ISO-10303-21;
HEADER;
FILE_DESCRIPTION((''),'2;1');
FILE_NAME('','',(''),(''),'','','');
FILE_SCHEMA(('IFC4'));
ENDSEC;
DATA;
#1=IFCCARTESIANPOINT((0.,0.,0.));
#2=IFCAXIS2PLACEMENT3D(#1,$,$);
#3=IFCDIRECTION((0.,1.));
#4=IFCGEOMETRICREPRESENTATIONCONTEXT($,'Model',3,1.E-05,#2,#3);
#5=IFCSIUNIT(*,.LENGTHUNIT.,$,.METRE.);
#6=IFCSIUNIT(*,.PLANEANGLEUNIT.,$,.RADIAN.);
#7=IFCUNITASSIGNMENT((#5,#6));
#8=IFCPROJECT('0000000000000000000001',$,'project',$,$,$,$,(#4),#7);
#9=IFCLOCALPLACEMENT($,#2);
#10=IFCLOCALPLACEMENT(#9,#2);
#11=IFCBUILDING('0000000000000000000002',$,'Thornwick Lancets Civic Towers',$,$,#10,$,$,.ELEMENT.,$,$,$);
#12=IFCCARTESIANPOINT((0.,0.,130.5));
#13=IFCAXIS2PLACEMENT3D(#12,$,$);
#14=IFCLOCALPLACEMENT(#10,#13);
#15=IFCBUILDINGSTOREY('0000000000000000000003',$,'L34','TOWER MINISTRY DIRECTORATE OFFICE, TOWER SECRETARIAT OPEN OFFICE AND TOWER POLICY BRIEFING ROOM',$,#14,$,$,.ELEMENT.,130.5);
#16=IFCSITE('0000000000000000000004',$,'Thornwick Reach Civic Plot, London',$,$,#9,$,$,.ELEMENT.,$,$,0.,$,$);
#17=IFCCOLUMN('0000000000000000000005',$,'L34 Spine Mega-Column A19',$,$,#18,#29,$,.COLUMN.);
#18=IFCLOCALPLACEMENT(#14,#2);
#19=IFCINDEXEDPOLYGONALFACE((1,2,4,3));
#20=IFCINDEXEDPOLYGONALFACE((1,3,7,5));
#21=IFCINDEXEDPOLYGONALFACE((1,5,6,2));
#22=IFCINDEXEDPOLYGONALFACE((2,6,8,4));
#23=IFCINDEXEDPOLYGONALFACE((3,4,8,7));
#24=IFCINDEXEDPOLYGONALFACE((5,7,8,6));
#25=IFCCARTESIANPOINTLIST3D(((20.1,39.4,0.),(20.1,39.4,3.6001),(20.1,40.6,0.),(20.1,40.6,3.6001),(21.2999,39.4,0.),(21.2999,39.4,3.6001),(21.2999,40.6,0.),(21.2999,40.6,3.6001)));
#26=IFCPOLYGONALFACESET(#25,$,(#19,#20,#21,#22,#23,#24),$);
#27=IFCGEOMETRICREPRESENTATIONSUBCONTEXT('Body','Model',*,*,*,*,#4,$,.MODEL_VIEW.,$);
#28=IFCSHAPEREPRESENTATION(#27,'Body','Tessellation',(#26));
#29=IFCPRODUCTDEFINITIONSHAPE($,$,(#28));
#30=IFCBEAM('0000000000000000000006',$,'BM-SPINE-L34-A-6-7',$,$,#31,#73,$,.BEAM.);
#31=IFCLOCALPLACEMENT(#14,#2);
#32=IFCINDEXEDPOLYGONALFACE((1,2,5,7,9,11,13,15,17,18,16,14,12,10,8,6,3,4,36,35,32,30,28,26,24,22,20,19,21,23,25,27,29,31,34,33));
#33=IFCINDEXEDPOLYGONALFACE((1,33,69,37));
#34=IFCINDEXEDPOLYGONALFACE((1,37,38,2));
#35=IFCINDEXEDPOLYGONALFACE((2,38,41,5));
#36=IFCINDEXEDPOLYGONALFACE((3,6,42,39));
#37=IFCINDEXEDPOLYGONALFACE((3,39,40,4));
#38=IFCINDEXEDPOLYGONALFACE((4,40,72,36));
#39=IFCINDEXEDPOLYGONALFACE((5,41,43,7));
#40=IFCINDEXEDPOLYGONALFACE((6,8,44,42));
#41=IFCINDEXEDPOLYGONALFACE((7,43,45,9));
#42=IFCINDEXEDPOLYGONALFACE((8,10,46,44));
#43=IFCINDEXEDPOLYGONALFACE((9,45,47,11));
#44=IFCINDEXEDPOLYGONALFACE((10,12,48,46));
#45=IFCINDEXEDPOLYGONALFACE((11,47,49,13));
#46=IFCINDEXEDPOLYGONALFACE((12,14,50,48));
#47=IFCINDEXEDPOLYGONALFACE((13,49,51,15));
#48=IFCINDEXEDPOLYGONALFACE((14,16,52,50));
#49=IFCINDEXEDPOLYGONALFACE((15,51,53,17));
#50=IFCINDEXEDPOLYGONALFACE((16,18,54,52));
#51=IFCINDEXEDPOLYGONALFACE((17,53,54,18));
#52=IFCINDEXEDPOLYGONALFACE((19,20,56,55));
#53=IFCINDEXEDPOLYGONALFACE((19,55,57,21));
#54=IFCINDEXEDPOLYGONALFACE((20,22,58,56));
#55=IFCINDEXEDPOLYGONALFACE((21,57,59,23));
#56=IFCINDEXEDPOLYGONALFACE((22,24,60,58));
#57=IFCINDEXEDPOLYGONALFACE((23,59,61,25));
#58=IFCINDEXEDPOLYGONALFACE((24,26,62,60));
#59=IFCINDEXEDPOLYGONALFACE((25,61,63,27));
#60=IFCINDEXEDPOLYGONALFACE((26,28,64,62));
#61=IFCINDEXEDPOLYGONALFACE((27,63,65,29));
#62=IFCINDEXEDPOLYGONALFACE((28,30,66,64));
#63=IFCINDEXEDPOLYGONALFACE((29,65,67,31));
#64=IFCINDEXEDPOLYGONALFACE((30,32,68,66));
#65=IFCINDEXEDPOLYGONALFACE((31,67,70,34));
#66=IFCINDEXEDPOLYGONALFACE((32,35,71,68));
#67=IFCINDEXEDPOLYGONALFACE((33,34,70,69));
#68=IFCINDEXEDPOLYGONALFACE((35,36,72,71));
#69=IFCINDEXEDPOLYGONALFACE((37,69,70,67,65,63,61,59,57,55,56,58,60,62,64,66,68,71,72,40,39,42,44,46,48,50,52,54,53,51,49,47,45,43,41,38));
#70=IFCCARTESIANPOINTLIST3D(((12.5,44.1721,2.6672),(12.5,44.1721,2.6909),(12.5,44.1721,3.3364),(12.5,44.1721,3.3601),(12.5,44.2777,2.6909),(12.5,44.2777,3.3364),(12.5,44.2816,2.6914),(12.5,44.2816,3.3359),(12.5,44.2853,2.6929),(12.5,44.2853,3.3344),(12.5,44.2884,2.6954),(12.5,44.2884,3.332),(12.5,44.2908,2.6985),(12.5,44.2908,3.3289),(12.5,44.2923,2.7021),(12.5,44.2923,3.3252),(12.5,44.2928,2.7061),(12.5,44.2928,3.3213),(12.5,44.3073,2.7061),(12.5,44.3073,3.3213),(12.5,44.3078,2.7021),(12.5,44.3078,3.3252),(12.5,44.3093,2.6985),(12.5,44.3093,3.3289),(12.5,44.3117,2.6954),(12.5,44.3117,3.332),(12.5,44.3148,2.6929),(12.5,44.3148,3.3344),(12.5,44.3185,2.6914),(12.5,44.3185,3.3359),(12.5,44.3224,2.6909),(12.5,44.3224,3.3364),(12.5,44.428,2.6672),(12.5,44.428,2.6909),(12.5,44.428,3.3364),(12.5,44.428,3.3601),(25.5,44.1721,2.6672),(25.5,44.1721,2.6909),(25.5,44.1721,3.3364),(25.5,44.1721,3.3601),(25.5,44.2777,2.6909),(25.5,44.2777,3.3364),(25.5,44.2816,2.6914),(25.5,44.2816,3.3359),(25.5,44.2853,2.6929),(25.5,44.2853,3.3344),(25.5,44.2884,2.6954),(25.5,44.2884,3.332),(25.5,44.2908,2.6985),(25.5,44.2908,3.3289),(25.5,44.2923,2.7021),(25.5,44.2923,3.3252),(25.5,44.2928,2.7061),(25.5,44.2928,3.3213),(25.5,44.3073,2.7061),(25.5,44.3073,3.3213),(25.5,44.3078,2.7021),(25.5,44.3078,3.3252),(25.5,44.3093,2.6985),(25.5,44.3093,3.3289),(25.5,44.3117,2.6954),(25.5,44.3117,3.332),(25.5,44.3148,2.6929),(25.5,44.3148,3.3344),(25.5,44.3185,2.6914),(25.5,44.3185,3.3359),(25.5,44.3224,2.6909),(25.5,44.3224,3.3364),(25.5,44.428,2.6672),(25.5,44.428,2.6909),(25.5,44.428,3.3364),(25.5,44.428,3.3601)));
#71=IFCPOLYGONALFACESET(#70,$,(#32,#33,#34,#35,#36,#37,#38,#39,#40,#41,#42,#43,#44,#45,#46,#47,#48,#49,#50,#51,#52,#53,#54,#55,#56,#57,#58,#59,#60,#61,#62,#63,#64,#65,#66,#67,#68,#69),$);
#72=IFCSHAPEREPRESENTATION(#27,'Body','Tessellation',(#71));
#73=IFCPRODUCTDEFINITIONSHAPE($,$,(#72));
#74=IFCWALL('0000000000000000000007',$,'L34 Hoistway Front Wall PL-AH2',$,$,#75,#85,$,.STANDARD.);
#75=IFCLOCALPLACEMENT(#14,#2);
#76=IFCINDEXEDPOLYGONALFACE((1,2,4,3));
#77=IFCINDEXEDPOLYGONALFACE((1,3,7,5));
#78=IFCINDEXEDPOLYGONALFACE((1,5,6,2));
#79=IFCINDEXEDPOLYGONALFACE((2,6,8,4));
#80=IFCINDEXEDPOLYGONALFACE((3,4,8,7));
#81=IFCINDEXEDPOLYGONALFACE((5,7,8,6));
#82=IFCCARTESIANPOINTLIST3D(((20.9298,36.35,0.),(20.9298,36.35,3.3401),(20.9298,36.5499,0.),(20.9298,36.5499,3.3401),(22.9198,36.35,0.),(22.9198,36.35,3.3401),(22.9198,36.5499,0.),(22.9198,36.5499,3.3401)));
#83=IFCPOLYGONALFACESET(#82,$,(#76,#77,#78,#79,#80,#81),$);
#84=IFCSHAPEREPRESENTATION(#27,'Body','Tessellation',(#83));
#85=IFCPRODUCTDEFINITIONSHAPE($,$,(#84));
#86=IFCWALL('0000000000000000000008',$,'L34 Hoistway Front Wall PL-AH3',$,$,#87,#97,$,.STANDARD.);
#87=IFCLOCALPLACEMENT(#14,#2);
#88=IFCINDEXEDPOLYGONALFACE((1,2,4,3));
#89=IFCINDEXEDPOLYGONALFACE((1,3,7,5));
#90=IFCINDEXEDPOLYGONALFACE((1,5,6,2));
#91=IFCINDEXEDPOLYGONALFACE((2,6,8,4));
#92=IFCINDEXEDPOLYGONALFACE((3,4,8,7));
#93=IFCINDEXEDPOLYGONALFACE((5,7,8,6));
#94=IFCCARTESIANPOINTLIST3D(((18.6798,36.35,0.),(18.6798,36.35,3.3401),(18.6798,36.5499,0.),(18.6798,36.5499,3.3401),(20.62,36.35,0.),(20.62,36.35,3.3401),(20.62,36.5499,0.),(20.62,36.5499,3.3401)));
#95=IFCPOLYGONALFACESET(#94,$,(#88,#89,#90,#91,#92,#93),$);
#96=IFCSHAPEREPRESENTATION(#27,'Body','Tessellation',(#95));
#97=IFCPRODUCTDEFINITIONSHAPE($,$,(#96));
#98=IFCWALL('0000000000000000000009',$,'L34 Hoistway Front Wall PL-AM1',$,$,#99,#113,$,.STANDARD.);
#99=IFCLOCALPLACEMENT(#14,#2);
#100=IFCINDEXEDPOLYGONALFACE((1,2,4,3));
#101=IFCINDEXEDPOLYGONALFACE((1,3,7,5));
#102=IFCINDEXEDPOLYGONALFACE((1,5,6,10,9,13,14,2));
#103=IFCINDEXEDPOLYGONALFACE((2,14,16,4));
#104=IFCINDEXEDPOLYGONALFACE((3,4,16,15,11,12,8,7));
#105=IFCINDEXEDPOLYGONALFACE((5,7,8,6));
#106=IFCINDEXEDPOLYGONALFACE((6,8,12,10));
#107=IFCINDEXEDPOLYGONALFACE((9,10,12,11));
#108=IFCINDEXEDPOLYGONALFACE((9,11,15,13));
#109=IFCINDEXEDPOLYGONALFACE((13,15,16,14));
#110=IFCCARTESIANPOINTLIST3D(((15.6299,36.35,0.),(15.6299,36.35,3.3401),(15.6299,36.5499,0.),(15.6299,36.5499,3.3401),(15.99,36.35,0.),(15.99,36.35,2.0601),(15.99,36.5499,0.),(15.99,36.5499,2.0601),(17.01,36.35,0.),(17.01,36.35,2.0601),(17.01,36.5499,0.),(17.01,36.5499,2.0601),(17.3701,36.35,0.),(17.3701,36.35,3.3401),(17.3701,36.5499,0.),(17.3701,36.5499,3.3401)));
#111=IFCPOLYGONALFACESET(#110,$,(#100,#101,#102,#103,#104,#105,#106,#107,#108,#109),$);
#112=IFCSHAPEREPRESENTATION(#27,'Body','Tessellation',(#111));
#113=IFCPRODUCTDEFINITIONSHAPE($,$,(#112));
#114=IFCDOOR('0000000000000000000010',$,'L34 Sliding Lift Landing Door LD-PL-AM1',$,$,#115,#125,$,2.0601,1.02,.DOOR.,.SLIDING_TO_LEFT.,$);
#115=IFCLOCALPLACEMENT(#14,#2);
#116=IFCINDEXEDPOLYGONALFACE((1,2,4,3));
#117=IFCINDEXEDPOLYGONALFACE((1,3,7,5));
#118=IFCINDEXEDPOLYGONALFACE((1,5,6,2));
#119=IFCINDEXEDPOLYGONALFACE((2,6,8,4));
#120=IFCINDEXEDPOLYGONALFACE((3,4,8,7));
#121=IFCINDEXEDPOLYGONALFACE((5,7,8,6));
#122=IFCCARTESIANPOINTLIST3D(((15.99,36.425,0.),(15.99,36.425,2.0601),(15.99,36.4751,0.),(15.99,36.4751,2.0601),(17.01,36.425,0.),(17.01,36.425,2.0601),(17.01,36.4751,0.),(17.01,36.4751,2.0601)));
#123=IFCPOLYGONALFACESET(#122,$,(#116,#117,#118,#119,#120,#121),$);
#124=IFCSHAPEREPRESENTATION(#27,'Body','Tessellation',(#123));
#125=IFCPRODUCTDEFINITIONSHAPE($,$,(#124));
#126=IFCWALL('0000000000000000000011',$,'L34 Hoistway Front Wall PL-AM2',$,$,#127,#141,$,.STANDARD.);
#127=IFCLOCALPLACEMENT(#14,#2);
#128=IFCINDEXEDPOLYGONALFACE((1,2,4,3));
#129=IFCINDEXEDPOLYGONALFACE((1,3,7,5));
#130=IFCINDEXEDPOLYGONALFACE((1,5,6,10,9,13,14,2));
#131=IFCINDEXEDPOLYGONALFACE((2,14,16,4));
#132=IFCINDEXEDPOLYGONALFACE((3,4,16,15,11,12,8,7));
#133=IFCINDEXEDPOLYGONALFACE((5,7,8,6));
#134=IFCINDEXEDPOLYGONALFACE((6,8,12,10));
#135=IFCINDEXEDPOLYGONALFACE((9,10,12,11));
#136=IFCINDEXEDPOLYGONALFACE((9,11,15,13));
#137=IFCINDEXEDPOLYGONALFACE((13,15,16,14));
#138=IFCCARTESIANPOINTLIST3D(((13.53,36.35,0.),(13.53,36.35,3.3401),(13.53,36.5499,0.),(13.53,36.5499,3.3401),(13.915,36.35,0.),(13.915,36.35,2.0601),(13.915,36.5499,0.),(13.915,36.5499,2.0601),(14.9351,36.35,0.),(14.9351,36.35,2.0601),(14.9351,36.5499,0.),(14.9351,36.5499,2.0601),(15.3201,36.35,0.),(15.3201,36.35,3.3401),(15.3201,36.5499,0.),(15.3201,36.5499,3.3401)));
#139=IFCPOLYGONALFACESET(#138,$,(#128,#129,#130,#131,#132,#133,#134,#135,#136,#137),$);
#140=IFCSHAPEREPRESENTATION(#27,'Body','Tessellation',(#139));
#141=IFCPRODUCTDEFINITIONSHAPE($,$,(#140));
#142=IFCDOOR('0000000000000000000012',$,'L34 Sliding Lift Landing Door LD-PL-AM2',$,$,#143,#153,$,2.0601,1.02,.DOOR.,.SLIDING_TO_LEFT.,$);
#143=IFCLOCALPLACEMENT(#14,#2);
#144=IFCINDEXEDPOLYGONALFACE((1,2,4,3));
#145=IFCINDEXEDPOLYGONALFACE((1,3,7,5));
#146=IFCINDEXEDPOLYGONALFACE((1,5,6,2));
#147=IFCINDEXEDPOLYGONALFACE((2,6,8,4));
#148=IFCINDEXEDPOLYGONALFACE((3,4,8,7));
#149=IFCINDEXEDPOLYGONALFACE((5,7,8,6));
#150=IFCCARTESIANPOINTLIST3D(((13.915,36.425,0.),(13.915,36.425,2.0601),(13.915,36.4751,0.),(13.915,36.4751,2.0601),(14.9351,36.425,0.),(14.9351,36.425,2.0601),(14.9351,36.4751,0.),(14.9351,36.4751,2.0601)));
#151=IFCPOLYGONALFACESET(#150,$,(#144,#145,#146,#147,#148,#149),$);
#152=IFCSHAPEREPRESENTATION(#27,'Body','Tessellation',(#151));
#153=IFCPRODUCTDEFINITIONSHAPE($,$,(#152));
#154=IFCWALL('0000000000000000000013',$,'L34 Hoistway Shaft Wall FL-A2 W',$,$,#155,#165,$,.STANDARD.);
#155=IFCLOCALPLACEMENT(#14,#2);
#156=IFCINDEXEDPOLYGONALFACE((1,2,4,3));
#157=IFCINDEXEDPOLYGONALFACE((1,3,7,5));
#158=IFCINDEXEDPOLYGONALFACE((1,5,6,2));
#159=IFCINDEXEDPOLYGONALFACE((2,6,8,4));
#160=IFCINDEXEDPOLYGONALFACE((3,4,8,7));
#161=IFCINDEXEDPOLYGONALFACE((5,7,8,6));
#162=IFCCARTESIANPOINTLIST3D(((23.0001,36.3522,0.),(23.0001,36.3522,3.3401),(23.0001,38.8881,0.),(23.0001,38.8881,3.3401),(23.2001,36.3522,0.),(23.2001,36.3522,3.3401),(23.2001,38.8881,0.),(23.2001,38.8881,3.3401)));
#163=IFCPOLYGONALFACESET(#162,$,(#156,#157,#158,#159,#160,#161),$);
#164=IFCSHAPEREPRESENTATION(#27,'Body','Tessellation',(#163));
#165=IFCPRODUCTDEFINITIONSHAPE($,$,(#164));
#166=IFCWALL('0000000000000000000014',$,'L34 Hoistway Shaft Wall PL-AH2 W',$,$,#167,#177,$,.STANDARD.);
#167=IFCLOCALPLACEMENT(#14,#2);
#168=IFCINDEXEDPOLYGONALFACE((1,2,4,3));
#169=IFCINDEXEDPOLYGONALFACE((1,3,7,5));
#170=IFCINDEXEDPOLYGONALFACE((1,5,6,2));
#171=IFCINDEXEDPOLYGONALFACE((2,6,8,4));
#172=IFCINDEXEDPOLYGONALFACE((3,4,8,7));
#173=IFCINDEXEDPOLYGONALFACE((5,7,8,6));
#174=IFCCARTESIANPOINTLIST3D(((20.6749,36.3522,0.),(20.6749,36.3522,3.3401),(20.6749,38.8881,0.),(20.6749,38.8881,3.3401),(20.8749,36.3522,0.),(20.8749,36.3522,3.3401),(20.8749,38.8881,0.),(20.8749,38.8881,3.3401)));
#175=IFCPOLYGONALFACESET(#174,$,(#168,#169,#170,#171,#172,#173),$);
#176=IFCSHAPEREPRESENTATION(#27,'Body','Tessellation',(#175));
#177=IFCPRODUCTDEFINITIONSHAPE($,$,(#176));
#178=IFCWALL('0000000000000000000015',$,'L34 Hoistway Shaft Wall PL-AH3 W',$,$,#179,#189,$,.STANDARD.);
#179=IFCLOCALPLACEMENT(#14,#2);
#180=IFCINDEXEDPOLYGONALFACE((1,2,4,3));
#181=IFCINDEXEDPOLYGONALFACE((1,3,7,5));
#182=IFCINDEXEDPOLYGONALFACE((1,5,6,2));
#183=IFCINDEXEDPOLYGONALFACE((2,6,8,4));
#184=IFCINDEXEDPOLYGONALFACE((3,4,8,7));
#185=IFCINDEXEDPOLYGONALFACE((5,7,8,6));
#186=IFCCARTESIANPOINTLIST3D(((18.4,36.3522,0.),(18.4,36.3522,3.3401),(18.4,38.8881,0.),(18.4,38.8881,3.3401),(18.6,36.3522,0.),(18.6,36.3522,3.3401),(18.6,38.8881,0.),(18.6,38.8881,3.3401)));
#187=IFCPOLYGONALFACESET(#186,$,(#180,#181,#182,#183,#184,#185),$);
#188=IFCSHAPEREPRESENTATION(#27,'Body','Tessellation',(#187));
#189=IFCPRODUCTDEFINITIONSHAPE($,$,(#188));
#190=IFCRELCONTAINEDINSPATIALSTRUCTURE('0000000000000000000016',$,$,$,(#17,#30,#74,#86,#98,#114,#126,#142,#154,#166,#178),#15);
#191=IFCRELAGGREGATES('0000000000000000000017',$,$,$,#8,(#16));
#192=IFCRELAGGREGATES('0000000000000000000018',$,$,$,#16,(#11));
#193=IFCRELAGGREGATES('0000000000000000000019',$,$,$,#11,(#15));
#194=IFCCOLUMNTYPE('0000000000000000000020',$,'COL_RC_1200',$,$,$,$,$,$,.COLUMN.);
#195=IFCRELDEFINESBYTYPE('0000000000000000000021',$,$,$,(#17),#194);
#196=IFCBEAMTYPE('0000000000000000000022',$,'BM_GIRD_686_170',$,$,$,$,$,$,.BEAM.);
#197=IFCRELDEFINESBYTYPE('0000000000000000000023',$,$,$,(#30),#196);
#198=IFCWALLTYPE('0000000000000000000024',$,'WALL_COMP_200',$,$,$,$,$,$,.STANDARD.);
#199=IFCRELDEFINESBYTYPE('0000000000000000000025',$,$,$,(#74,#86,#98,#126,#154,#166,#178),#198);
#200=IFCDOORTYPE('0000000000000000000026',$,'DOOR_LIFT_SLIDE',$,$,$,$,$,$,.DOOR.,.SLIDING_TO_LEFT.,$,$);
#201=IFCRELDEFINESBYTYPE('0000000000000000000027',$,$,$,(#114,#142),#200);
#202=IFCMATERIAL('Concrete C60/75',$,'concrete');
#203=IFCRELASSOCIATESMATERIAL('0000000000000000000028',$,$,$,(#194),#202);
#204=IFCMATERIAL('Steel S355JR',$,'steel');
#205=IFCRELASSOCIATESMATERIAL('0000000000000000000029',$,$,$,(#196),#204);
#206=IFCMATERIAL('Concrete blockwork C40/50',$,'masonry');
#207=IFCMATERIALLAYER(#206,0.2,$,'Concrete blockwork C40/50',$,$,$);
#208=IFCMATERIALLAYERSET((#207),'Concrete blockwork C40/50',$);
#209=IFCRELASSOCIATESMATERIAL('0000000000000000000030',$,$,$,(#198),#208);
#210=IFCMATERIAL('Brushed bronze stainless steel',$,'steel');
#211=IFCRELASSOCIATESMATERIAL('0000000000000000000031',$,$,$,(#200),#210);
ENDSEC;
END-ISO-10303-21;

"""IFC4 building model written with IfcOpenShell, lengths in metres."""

from ifc_helpers import new_model, si_unit, direction, frame, frame_2d, origin, origin_2d, place, context, subcontext, project, spatial, rectangle, i_section, extrude, material, layer, layer_set, material_profile, profile_set, type_object, element, fill, save


model = new_model("IFC4")

# Units and contexts
model_context = context("Model", 3, precision=1e-05, world=origin(), true_north=direction((0.0, 1.0)))
body_context = subcontext(model_context, "Body", "Model", "MODEL_VIEW")
ifc_project = project(units=[si_unit("LENGTHUNIT", "METRE"), si_unit("PLANEANGLEUNIT", "RADIAN")], contexts=[model_context])

# Site, building, storey
site_placement = place(None, origin())
site = spatial("IfcSite", under=ifc_project, at=site_placement, Name="Thornwick Reach Civic Plot, London", CompositionType="ELEMENT", RefElevation=0.0)
building_placement = place(site_placement, origin())
building = spatial("IfcBuilding", under=site, at=building_placement, Name="Thornwick Lancets Civic Towers", CompositionType="ELEMENT")
storey_placement = place(building_placement, frame((0.0, 0.0, 130.5)))
storey = spatial("IfcBuildingStorey", under=building, at=storey_placement, Name="L34", Description="TOWER MINISTRY DIRECTORATE OFFICE, TOWER SECRETARIAT OPEN OFFICE AND TOWER POLICY BRIEFING ROOM", CompositionType="ELEMENT", Elevation=130.5)

# Column
ifc_material_1 = material(Name="Concrete C60/75", Category="concrete")
ifc_material_profile_1 = material_profile(ifc_material_1, rectangle(XDim=1.2, YDim=1.2, at=origin_2d()), Name="RC 1200x1200")
ifc_profile_set_1 = profile_set([ifc_material_profile_1], Name="Concrete C60/75")
column_type = type_object("IfcColumnType", Name="COL_RC_1200", PredefinedType="COLUMN", material=ifc_profile_set_1)
column_placement = place(storey_placement, frame((20.7, 40.0, 0.0), z_axis=(0.0, 0.0, 1.0), x_axis=(1.0, 0.0, 0.0)))
element("IfcColumn", 1, at=column_placement, inside=storey, type_object=column_type, Name="L34 Spine Mega-Column A19", PredefinedType="COLUMN", context=body_context, shape_type="SweptSolid", body=[
    extrude(rectangle(XDim=1.2, YDim=1.2, at=origin_2d()), origin(), (0.0, 0.0, 1.0), 3.6001),
])

# Beam
ifc_material_2 = material(Name="Steel S355JR", Category="steel")
ifc_material_profile_2 = material_profile(ifc_material_2, i_section(OverallWidth=0.2559, OverallDepth=0.6929, WebThickness=0.0144, FlangeThickness=0.0237, FilletRadius=0.0151, at=origin_2d()), Name="UKB 686x254x170")
ifc_profile_set_2 = profile_set([ifc_material_profile_2], Name="Steel S355JR")
beam_type = type_object("IfcBeamType", Name="BM_GIRD_686_170", PredefinedType="BEAM", material=ifc_profile_set_2)
beam_placement = place(storey_placement, frame((12.5, 44.3, 3.0137), z_axis=(1.0, 0.0, 0.0), x_axis=(0.0, 1.0, 0.0)))
element("IfcBeam", 2, at=beam_placement, inside=storey, type_object=beam_type, Name="BM-SPINE-L34-A-6-7", PredefinedType="BEAM", context=body_context, shape_type="SweptSolid", body=[
    extrude(i_section(OverallWidth=0.2559, OverallDepth=0.6929, WebThickness=0.0144, FlangeThickness=0.0237, FilletRadius=0.0151, at=origin_2d()), origin(), (0.0, 0.0, 1.0), 13.0),
])

# Walls
ifc_material_3 = material(Name="Concrete blockwork C40/50", Category="masonry")
ifc_layer_1 = layer(ifc_material_3, 0.2, Name="Concrete blockwork C40/50")
ifc_layer_set_1 = layer_set([ifc_layer_1], Name="Concrete blockwork C40/50")
wall_type_1 = type_object("IfcWallType", Name="WALL_COMP_200", PredefinedType="STANDARD", material=ifc_layer_set_1)
wall_1_placement = place(storey_placement, frame((22.9199, 36.45, 0.0), z_axis=(0.0, 0.0, 1.0), x_axis=(-1.0, 0.0, 0.0)))
element("IfcWall", 3, at=wall_1_placement, inside=storey, type_object=wall_type_1, Name="L34 Hoistway Front Wall PL-AH2", PredefinedType="STANDARD", context=body_context, shape_type="SweptSolid", body=[
    extrude(rectangle(XDim=1.99, YDim=0.2, at=frame_2d((0.9951, 0.0))), origin(), (0.0, 0.0, 1.0), 3.3401),
])
wall_2_placement = place(storey_placement, frame((20.6201, 36.45, 0.0), z_axis=(0.0, 0.0, 1.0), x_axis=(-1.0, 0.0, 0.0)))
element("IfcWall", 4, at=wall_2_placement, inside=storey, type_object=wall_type_1, Name="L34 Hoistway Front Wall PL-AH3", PredefinedType="STANDARD", context=body_context, shape_type="SweptSolid", body=[
    extrude(rectangle(XDim=1.9402, YDim=0.2, at=frame_2d((0.9702, 0.0))), origin(), (0.0, 0.0, 1.0), 3.3401),
])

# Walls, openings, doors
wall_3_placement = place(storey_placement, frame((17.3701, 36.45, 0.0), z_axis=(0.0, 0.0, 1.0), x_axis=(-1.0, 0.0, 0.0)))
wall_3 = element("IfcWall", 5, at=wall_3_placement, inside=storey, type_object=wall_type_1, Name="L34 Hoistway Front Wall PL-AM1", PredefinedType="STANDARD", context=body_context, shape_type="SweptSolid", body=[
    extrude(rectangle(XDim=1.7402, YDim=0.2, at=frame_2d((0.8701, 0.0))), origin(), (0.0, 0.0, 1.0), 3.3401),
])
opening_1_placement = place(wall_3_placement, frame((0.3601, 0.0, 0.0)))
opening_1 = element("IfcOpeningElement", 6, at=opening_1_placement, cuts=wall_3, PredefinedType="OPENING", context=body_context, shape_type="SweptSolid", body=[
    extrude(rectangle(XDim=1.02, YDim=2.0601, at=frame_2d((0.51, 1.03))), frame((0.0, 0.1099, 0.0), z_axis=(0.0, -1.0, 0.0), x_axis=(1.0, 0.0, 0.0)), (0.0, 0.0, 1.0), 0.22),
])
ifc_material_4 = material(Name="Brushed bronze stainless steel", Category="steel")
door_type = type_object("IfcDoorType", Name="DOOR_LIFT_SLIDE", OperationType="SLIDING_TO_LEFT", PredefinedType="DOOR", material=ifc_material_4)
door_1_placement = place(opening_1_placement, origin())
door_1 = element("IfcDoor", 7, at=door_1_placement, inside=storey, type_object=door_type, Name="L34 Sliding Lift Landing Door LD-PL-AM1", OperationType="SLIDING_TO_LEFT", OverallHeight=2.0601, OverallWidth=1.02, PredefinedType="DOOR", context=body_context, shape_type="SweptSolid", body=[
    extrude(rectangle(XDim=1.02, YDim=2.0601, at=frame_2d((0.51, 1.03))), frame((0.0, 0.0249, 0.0), z_axis=(0.0, -1.0, 0.0), x_axis=(1.0, 0.0, 0.0)), (0.0, 0.0, 1.0), 0.05),
])
fill(opening_1, door_1)
wall_4_placement = place(storey_placement, frame((15.3201, 36.45, 0.0), z_axis=(0.0, 0.0, 1.0), x_axis=(-1.0, 0.0, 0.0)))
wall_4 = element("IfcWall", 8, at=wall_4_placement, inside=storey, type_object=wall_type_1, Name="L34 Hoistway Front Wall PL-AM2", PredefinedType="STANDARD", context=body_context, shape_type="SweptSolid", body=[
    extrude(rectangle(XDim=1.79, YDim=0.2, at=frame_2d((0.895, 0.0))), origin(), (0.0, 0.0, 1.0), 3.3401),
])
opening_2_placement = place(wall_4_placement, frame((0.385, 0.0, 0.0)))
opening_2 = element("IfcOpeningElement", 9, at=opening_2_placement, cuts=wall_4, PredefinedType="OPENING", context=body_context, shape_type="SweptSolid", body=[
    extrude(rectangle(XDim=1.02, YDim=2.0601, at=frame_2d((0.51, 1.03))), frame((0.0, 0.1099, 0.0), z_axis=(0.0, -1.0, 0.0), x_axis=(1.0, 0.0, 0.0)), (0.0, 0.0, 1.0), 0.22),
])
door_2_placement = place(opening_2_placement, origin())
door_2 = element("IfcDoor", 10, at=door_2_placement, inside=storey, type_object=door_type, Name="L34 Sliding Lift Landing Door LD-PL-AM2", OperationType="SLIDING_TO_LEFT", OverallHeight=2.0601, OverallWidth=1.02, PredefinedType="DOOR", context=body_context, shape_type="SweptSolid", body=[
    extrude(rectangle(XDim=1.02, YDim=2.0601, at=frame_2d((0.51, 1.03))), frame((0.0, 0.0249, 0.0), z_axis=(0.0, -1.0, 0.0), x_axis=(1.0, 0.0, 0.0)), (0.0, 0.0, 1.0), 0.05),
])
fill(opening_2, door_2)

# Walls
for number, where, z_axis, x_axis, name in (
    (11, (23.1001, 36.3521, 0.0), (0.0, 0.0, 1.0), (0.0, 1.0, 0.0), "L34 Hoistway Shaft Wall FL-A2 W"),
    (12, (20.7749, 36.3521, 0.0), (0.0, 0.0, 1.0), (0.0, 1.0, 0.0), "L34 Hoistway Shaft Wall PL-AH2 W"),
    (13, (18.5, 36.3521, 0.0), (0.0, 0.0, 1.0), (0.0, 1.0, 0.0), "L34 Hoistway Shaft Wall PL-AH3 W"),
):
    element("IfcWall", number, at=place(storey_placement, frame(where, z_axis=z_axis, x_axis=x_axis)), inside=storey, type_object=wall_type_1, Name=name, PredefinedType="STANDARD", context=body_context, shape_type="SweptSolid", body=[
        extrude(rectangle(XDim=2.5359, YDim=0.2, at=frame_2d((1.2681, 0.0))), origin(), (0.0, 0.0, 1.0), 3.3401),
    ])

save(model, "model.ifc")
